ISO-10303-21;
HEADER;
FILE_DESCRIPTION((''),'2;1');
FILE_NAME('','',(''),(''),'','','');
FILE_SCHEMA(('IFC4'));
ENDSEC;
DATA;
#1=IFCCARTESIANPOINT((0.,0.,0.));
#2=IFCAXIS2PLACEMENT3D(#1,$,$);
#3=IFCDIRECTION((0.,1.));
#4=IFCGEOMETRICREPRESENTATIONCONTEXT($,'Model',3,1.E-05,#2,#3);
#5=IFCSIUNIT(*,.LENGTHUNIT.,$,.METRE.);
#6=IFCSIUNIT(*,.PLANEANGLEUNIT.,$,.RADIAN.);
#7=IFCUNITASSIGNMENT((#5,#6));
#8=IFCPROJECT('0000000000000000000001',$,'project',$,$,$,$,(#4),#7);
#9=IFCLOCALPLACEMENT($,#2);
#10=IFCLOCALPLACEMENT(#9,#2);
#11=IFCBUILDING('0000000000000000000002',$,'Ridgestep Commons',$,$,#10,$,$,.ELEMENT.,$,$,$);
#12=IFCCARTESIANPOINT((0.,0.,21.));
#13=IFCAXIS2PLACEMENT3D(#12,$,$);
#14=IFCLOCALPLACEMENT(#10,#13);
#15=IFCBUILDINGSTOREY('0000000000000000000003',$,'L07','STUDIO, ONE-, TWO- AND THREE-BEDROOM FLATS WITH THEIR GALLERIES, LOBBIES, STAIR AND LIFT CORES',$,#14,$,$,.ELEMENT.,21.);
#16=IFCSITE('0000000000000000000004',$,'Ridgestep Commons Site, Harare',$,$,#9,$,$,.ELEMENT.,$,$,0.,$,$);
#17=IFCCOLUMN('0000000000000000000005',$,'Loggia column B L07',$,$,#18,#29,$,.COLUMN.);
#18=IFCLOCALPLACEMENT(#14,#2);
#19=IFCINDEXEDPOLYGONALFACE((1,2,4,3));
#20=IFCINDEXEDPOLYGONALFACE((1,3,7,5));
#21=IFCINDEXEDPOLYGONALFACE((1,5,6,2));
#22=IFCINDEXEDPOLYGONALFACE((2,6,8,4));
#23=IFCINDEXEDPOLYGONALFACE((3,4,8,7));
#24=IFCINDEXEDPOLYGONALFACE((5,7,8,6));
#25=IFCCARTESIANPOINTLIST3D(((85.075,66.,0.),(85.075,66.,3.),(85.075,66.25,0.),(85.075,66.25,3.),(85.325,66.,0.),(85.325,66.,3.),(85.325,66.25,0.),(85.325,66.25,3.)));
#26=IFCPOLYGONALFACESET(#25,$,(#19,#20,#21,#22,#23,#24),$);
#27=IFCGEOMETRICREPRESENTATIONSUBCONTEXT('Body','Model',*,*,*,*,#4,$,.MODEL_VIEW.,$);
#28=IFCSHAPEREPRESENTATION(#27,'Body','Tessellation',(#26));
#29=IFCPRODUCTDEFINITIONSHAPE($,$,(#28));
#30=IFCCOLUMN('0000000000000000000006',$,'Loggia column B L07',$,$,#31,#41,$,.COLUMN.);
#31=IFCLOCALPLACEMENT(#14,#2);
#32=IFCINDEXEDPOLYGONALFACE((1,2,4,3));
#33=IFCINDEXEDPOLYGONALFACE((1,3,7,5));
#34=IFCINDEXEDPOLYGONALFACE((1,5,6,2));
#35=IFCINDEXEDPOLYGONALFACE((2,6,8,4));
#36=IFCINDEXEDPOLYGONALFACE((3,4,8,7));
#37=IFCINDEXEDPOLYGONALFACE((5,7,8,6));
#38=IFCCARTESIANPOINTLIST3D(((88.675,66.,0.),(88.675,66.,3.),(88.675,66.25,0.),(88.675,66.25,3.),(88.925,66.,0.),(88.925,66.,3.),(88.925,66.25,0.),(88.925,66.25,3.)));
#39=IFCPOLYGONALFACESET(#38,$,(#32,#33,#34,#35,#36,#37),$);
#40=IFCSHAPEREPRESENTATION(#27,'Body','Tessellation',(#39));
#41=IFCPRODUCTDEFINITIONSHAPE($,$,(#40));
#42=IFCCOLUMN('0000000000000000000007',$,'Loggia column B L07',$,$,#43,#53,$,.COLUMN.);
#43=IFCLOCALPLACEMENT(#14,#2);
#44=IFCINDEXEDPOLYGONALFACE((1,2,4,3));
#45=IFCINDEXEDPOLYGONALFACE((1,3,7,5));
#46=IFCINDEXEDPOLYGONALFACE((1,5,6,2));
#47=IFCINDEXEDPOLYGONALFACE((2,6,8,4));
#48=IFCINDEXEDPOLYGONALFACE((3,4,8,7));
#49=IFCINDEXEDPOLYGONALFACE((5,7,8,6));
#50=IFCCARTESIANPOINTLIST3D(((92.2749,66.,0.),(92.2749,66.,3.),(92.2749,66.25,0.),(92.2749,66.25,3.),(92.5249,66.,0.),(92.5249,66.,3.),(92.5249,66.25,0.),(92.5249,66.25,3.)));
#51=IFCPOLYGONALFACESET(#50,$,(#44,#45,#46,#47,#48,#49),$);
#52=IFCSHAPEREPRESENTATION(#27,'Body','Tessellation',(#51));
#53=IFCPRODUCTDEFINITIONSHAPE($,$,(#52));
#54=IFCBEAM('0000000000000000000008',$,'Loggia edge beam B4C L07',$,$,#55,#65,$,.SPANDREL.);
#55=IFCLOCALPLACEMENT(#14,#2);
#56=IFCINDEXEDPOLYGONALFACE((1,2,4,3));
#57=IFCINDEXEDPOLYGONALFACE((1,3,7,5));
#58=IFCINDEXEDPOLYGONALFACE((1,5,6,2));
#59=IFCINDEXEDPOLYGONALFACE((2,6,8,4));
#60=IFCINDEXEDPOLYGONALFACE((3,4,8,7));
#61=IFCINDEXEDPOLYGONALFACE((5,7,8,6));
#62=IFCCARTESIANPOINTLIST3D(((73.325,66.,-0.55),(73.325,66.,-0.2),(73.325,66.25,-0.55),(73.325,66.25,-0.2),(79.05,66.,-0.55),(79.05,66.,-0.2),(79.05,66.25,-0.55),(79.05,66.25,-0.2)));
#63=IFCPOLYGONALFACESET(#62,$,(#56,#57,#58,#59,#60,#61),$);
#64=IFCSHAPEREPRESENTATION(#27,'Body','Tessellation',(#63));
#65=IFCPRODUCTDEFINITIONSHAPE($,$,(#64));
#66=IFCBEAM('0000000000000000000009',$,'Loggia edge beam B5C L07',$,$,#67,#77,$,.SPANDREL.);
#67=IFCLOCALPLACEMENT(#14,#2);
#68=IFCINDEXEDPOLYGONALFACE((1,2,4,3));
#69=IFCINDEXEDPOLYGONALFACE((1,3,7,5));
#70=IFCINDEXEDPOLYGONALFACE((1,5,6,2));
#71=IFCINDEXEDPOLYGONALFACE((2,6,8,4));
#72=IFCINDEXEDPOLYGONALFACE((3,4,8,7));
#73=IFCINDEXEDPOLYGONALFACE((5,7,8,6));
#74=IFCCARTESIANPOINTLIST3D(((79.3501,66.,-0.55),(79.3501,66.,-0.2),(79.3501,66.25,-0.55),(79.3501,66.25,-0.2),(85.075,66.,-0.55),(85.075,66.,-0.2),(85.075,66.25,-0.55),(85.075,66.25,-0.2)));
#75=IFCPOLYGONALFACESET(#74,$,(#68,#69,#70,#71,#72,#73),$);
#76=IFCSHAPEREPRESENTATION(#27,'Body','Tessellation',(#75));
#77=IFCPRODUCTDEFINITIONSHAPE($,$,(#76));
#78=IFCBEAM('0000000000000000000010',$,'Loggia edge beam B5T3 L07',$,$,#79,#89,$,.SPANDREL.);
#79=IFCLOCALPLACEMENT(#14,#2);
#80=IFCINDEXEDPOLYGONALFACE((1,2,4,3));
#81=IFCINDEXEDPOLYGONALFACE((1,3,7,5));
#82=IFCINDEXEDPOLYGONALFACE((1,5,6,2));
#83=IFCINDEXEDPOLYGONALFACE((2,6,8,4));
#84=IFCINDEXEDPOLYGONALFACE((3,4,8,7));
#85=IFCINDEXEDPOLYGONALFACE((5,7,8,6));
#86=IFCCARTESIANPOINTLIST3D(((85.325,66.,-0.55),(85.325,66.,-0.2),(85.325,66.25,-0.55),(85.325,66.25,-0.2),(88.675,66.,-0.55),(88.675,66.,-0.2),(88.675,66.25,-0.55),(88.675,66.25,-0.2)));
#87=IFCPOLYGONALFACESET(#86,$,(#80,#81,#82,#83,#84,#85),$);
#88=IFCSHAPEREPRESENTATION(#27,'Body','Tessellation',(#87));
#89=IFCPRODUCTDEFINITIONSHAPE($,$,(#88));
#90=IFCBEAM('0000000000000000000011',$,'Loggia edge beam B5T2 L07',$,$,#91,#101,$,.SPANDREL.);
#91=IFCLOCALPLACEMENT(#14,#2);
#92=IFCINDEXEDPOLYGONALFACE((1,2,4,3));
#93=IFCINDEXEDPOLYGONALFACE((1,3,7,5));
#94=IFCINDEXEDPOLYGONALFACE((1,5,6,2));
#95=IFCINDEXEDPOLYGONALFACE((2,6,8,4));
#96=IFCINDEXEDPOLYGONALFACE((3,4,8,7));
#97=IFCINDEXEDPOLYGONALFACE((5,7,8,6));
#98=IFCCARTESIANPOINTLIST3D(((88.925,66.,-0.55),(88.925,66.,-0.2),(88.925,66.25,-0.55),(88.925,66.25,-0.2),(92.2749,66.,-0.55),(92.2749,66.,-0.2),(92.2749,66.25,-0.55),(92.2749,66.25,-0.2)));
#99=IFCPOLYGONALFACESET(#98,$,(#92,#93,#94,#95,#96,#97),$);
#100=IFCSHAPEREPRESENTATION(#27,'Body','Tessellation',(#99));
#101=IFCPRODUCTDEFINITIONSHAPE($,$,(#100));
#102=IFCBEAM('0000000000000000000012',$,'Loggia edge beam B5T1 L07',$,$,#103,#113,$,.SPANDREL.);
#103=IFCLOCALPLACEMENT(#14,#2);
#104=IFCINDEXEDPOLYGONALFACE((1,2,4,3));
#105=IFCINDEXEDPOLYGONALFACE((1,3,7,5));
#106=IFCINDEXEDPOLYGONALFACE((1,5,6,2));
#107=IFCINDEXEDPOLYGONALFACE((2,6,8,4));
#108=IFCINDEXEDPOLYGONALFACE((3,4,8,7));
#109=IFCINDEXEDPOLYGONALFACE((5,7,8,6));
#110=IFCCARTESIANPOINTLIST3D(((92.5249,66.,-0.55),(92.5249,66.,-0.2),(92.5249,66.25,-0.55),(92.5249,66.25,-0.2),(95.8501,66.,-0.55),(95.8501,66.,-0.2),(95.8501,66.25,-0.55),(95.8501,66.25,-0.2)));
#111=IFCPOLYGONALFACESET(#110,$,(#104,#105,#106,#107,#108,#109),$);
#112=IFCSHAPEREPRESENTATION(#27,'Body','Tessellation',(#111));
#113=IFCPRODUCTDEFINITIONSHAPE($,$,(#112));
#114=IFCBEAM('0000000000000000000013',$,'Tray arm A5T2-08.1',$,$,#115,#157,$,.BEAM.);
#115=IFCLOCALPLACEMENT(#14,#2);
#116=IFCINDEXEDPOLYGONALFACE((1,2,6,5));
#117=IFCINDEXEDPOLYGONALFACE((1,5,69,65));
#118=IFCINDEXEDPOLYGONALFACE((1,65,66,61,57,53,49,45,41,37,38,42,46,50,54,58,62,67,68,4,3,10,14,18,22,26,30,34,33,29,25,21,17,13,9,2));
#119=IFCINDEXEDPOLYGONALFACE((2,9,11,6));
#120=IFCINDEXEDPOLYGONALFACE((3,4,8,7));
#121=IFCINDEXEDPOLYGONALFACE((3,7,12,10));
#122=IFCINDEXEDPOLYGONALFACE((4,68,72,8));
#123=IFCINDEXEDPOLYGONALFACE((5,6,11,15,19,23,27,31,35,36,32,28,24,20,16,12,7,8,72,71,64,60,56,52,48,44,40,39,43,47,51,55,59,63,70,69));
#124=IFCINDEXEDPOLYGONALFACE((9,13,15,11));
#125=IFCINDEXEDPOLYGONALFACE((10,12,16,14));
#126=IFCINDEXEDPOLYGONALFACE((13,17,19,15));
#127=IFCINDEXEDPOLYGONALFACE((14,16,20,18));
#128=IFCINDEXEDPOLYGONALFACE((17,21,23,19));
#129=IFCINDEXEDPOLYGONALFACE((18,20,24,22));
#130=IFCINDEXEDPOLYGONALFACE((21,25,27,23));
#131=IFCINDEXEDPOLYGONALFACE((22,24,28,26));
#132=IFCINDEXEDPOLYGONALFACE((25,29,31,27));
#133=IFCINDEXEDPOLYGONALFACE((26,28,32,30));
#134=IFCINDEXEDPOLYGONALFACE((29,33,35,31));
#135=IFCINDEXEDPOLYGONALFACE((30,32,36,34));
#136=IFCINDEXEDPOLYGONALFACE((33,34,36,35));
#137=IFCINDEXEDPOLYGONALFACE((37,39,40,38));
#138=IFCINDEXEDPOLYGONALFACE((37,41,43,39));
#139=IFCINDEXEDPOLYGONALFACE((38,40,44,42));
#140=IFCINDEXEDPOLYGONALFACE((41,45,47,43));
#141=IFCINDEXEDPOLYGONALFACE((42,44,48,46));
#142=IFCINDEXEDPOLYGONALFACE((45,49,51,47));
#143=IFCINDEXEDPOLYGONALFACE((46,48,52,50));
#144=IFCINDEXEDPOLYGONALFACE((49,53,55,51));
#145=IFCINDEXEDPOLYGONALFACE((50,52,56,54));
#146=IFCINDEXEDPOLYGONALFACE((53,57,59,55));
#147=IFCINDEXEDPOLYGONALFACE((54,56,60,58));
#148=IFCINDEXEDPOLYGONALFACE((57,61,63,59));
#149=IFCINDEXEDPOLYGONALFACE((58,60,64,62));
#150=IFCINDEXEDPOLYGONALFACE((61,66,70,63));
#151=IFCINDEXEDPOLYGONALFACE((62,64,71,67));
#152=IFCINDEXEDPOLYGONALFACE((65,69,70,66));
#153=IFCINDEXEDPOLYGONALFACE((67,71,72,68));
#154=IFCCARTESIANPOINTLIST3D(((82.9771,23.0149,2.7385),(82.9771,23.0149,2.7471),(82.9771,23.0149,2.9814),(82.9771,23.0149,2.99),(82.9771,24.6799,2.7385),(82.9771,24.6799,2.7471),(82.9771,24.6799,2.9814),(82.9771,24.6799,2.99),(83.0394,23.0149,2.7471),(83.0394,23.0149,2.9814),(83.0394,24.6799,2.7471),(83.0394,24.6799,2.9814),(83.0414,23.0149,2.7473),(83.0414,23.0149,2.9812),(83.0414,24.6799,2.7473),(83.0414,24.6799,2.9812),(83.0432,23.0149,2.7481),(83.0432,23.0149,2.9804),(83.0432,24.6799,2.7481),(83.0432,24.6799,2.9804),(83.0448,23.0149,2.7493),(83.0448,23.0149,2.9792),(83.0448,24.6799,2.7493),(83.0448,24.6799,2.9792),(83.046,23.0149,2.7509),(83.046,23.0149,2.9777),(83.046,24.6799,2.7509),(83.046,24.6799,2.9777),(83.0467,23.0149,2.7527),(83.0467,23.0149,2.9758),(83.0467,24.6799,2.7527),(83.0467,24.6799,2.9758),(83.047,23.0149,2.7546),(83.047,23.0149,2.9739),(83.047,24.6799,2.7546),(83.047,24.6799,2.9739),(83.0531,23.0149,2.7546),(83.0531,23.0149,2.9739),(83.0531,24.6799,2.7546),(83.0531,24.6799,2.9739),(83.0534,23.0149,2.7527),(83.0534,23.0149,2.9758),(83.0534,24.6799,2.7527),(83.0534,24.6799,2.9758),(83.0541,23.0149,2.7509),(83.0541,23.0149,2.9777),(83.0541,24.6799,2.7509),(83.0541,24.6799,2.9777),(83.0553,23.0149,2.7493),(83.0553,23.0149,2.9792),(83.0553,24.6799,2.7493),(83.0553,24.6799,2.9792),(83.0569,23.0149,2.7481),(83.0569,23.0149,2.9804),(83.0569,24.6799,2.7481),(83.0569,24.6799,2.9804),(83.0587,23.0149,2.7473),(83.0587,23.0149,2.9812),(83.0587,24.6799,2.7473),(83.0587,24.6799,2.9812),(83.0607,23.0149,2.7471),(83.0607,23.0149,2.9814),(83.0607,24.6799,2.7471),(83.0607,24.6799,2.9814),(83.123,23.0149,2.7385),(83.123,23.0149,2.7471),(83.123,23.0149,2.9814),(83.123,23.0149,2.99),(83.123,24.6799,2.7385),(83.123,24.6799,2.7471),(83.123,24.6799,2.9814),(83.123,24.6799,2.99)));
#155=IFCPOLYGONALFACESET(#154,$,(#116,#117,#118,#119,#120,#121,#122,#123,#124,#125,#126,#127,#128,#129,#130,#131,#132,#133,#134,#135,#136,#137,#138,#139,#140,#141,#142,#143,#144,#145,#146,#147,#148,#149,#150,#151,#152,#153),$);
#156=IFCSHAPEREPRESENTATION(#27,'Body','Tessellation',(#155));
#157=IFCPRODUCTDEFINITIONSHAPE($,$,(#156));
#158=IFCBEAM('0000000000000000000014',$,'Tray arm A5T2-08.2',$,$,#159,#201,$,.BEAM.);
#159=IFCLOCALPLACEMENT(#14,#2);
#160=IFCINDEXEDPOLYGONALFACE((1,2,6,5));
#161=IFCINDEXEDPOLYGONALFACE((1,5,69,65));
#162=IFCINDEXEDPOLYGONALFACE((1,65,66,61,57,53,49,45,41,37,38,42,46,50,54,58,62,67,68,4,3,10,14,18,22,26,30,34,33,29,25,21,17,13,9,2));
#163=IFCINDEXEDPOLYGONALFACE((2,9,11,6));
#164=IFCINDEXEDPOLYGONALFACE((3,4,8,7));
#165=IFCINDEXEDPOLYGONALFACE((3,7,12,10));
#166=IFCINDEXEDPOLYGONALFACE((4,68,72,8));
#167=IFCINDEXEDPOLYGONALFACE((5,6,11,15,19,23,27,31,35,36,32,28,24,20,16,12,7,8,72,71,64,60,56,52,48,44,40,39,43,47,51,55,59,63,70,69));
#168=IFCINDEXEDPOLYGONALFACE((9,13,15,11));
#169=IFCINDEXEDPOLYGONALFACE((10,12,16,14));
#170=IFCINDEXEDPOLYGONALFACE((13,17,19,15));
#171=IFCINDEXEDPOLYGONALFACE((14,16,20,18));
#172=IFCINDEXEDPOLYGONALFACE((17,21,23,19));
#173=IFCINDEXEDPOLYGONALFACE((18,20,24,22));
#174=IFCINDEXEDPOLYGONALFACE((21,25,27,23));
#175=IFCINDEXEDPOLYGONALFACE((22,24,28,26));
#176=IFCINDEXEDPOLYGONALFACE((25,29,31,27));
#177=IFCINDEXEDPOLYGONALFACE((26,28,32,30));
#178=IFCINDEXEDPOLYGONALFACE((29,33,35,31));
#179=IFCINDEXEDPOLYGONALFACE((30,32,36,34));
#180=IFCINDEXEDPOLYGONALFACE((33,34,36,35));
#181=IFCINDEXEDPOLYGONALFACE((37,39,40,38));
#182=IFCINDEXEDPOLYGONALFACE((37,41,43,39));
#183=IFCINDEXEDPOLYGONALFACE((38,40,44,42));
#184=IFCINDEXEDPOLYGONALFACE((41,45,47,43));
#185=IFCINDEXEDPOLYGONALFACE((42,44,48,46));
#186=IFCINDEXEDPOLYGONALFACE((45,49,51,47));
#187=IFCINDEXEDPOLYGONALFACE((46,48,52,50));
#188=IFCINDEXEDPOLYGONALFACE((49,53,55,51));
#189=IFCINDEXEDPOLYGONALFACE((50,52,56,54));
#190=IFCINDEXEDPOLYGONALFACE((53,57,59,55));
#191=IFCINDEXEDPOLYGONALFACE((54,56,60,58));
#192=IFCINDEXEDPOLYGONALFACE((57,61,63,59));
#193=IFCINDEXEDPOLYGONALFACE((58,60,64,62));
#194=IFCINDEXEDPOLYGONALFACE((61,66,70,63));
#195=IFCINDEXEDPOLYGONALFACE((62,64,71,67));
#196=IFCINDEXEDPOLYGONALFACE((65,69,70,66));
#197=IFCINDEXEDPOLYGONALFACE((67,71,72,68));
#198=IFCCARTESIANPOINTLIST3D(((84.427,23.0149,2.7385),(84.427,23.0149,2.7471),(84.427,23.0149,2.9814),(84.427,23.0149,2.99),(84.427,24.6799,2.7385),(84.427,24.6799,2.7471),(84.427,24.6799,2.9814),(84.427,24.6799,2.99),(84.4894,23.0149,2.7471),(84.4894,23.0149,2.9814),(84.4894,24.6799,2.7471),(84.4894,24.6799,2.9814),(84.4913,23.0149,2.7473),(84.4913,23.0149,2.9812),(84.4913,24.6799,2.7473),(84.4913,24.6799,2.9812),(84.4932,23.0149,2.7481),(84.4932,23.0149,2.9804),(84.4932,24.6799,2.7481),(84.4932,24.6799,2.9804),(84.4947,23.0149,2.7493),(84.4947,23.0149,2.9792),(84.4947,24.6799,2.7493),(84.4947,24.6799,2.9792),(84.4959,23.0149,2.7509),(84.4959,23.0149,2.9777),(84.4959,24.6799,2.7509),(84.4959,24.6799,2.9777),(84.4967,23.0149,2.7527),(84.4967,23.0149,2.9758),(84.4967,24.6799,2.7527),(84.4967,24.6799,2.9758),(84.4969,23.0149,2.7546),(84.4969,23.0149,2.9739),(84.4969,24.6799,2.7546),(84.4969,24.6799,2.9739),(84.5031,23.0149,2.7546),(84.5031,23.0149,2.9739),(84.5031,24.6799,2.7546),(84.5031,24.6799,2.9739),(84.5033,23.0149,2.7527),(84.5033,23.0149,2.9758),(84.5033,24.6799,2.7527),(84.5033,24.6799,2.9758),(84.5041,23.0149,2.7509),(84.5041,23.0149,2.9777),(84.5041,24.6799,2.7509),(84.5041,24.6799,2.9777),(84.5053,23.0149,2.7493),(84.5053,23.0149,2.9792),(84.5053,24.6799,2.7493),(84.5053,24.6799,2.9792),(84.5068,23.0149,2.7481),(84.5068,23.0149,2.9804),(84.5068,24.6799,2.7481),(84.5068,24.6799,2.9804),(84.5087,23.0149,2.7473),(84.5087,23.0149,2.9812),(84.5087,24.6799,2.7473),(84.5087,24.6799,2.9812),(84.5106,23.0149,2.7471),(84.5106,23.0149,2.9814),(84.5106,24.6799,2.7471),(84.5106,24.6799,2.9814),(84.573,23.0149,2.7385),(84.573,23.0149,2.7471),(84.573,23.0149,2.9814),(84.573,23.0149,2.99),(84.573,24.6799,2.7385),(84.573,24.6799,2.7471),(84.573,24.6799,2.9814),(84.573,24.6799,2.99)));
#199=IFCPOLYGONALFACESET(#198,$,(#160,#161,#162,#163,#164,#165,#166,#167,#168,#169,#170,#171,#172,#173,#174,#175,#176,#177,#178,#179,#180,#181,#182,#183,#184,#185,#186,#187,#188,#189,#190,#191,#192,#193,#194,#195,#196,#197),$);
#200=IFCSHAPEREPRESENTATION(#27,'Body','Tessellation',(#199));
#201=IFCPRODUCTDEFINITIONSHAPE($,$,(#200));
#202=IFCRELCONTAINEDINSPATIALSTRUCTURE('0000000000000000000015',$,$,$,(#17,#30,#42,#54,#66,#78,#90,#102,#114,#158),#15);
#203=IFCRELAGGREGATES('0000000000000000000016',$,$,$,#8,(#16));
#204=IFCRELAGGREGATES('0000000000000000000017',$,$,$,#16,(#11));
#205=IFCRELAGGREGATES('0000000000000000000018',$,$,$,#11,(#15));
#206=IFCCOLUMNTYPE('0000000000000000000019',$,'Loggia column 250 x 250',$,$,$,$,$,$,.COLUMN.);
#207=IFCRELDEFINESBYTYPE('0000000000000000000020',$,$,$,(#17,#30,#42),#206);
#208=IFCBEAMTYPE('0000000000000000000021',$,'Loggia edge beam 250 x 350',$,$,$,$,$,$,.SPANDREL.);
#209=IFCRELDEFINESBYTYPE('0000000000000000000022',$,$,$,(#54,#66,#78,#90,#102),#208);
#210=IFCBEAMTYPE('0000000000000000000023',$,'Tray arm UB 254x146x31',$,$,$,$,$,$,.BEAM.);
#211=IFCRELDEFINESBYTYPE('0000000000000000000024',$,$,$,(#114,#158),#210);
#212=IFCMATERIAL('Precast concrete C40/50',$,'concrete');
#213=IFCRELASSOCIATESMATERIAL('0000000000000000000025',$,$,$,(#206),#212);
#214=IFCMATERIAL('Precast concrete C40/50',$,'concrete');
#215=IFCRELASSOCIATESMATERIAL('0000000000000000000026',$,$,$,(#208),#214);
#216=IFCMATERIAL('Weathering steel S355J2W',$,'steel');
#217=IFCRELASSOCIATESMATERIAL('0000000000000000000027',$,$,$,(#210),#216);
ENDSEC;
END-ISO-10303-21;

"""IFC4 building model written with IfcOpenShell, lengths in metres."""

from ifc_helpers import new_model, si_unit, direction, frame, origin, origin_2d, place, context, subcontext, project, spatial, rectangle, i_section, extrude, material, material_profile, profile_set, type_object, element, save


model = new_model("IFC4")

# Units and contexts
model_context = context("Model", 3, precision=1e-05, world=origin(), true_north=direction((0.0, 1.0)))
body_context = subcontext(model_context, "Body", "Model", "MODEL_VIEW")
ifc_project = project(units=[si_unit("LENGTHUNIT", "METRE"), si_unit("PLANEANGLEUNIT", "RADIAN")], contexts=[model_context])

# Site, building, storey
site_placement = place(None, origin())
site = spatial("IfcSite", under=ifc_project, at=site_placement, Name="Ridgestep Commons Site, Harare", CompositionType="ELEMENT", RefElevation=0.0)
building_placement = place(site_placement, origin())
building = spatial("IfcBuilding", under=site, at=building_placement, Name="Ridgestep Commons", CompositionType="ELEMENT")
storey_placement = place(building_placement, frame((0.0, 0.0, 21.0)))
storey = spatial("IfcBuildingStorey", under=building, at=storey_placement, Name="L07", Description="STUDIO, ONE-, TWO- AND THREE-BEDROOM FLATS WITH THEIR GALLERIES, LOBBIES, STAIR AND LIFT CORES", CompositionType="ELEMENT", Elevation=21.0)

# Columns
ifc_material_1 = material(Name="Precast concrete C40/50", Category="concrete")
ifc_material_profile_1 = material_profile(ifc_material_1, rectangle(XDim=0.25, YDim=0.25, at=origin_2d()), Name="PC 250x250")
ifc_profile_set_1 = profile_set([ifc_material_profile_1], Name="Precast concrete C40/50")
column_type = type_object("IfcColumnType", Name="Loggia column 250 x 250", PredefinedType="COLUMN", material=ifc_profile_set_1)
for number, where, z_axis, x_axis, name in (
    (1, (85.2, 66.125, 0.0), (0.0, 0.0, 1.0), (1.0, 0.0, 0.0), "Loggia column B L07"),
    (2, (88.8, 66.125, 0.0), (0.0, 0.0, 1.0), (1.0, 0.0, 0.0), "Loggia column B L07"),
    (3, (92.3999, 66.125, 0.0), (0.0, 0.0, 1.0), (1.0, 0.0, 0.0), "Loggia column B L07"),
):
    element("IfcColumn", number, at=place(storey_placement, frame(where, z_axis=z_axis, x_axis=x_axis)), inside=storey, type_object=column_type, Name=name, PredefinedType="COLUMN", context=body_context, shape_type="SweptSolid", body=[
        extrude(rectangle(XDim=0.25, YDim=0.25, at=origin_2d()), origin(), (0.0, 0.0, 1.0), 3.0),
    ])

# Beams
ifc_material_2 = material(Name="Precast concrete C40/50", Category="concrete")
ifc_material_profile_2 = material_profile(ifc_material_2, rectangle(XDim=0.25, YDim=0.3501, at=origin_2d()), Name="PC 250x350")
ifc_profile_set_2 = profile_set([ifc_material_profile_2], Name="Precast concrete C40/50")
beam_type_1 = type_object("IfcBeamType", Name="Loggia edge beam 250 x 350", PredefinedType="SPANDREL", material=ifc_profile_set_2)
beam_1_placement = place(storey_placement, frame((73.325, 66.125, -0.375), z_axis=(1.0, 0.0, 0.0), x_axis=(0.0, 1.0, 0.0)))
element("IfcBeam", 4, at=beam_1_placement, inside=storey, type_object=beam_type_1, Name="Loggia edge beam B4C L07", PredefinedType="SPANDREL", context=body_context, shape_type="SweptSolid", body=[
    extrude(rectangle(XDim=0.25, YDim=0.3501, at=origin_2d()), origin(), (0.0, 0.0, 1.0), 5.7251),
])
beam_2_placement = place(storey_placement, frame((79.3501, 66.125, -0.375), z_axis=(1.0, 0.0, 0.0), x_axis=(0.0, 1.0, 0.0)))
element("IfcBeam", 5, at=beam_2_placement, inside=storey, type_object=beam_type_1, Name="Loggia edge beam B5C L07", PredefinedType="SPANDREL", context=body_context, shape_type="SweptSolid", body=[
    extrude(rectangle(XDim=0.25, YDim=0.3501, at=origin_2d()), origin(), (0.0, 0.0, 1.0), 5.7249),
])
beam_3_placement = place(storey_placement, frame((85.325, 66.125, -0.375), z_axis=(1.0, 0.0, 0.0), x_axis=(0.0, 1.0, 0.0)))
element("IfcBeam", 6, at=beam_3_placement, inside=storey, type_object=beam_type_1, Name="Loggia edge beam B5T3 L07", PredefinedType="SPANDREL", context=body_context, shape_type="SweptSolid", body=[
    extrude(rectangle(XDim=0.25, YDim=0.3501, at=origin_2d()), origin(), (0.0, 0.0, 1.0), 3.3501),
])
beam_4_placement = place(storey_placement, frame((88.925, 66.125, -0.375), z_axis=(1.0, 0.0, 0.0), x_axis=(0.0, 1.0, 0.0)))
element("IfcBeam", 7, at=beam_4_placement, inside=storey, type_object=beam_type_1, Name="Loggia edge beam B5T2 L07", PredefinedType="SPANDREL", context=body_context, shape_type="SweptSolid", body=[
    extrude(rectangle(XDim=0.25, YDim=0.3501, at=origin_2d()), origin(), (0.0, 0.0, 1.0), 3.3499),
])
beam_5_placement = place(storey_placement, frame((92.5249, 66.125, -0.375), z_axis=(1.0, 0.0, 0.0), x_axis=(0.0, 1.0, 0.0)))
element("IfcBeam", 8, at=beam_5_placement, inside=storey, type_object=beam_type_1, Name="Loggia edge beam B5T1 L07", PredefinedType="SPANDREL", context=body_context, shape_type="SweptSolid", body=[
    extrude(rectangle(XDim=0.25, YDim=0.3501, at=origin_2d()), origin(), (0.0, 0.0, 1.0), 3.3252),
])
ifc_material_3 = material(Name="Weathering steel S355J2W", Category="steel")
ifc_material_profile_3 = material_profile(ifc_material_3, i_section(OverallWidth=0.146, OverallDepth=0.2515, WebThickness=0.0061, FlangeThickness=0.0085, FilletRadius=0.0076, at=origin_2d()), Name="UB 254x146x31")
ifc_profile_set_3 = profile_set([ifc_material_profile_3], Name="Weathering steel S355J2W")
beam_type_2 = type_object("IfcBeamType", Name="Tray arm UB 254x146x31", PredefinedType="BEAM", material=ifc_profile_set_3)
for number, where, z_axis, x_axis, name in (
    (9, (83.05, 23.0149, 2.8643), (0.0, 1.0, 0.0), (-1.0, 0.0, 0.0), "Tray arm A5T2-08.1"),
    (10, (84.5, 23.0149, 2.8643), (0.0, 1.0, 0.0), (-1.0, 0.0, 0.0), "Tray arm A5T2-08.2"),
):
    element("IfcBeam", number, at=place(storey_placement, frame(where, z_axis=z_axis, x_axis=x_axis)), inside=storey, type_object=beam_type_2, Name=name, PredefinedType="BEAM", context=body_context, shape_type="SweptSolid", body=[
        extrude(i_section(OverallWidth=0.146, OverallDepth=0.2515, WebThickness=0.0061, FlangeThickness=0.0085, FilletRadius=0.0076, at=origin_2d()), origin(), (0.0, 0.0, 1.0), 1.665),
    ])

save(model, "model.ifc")
